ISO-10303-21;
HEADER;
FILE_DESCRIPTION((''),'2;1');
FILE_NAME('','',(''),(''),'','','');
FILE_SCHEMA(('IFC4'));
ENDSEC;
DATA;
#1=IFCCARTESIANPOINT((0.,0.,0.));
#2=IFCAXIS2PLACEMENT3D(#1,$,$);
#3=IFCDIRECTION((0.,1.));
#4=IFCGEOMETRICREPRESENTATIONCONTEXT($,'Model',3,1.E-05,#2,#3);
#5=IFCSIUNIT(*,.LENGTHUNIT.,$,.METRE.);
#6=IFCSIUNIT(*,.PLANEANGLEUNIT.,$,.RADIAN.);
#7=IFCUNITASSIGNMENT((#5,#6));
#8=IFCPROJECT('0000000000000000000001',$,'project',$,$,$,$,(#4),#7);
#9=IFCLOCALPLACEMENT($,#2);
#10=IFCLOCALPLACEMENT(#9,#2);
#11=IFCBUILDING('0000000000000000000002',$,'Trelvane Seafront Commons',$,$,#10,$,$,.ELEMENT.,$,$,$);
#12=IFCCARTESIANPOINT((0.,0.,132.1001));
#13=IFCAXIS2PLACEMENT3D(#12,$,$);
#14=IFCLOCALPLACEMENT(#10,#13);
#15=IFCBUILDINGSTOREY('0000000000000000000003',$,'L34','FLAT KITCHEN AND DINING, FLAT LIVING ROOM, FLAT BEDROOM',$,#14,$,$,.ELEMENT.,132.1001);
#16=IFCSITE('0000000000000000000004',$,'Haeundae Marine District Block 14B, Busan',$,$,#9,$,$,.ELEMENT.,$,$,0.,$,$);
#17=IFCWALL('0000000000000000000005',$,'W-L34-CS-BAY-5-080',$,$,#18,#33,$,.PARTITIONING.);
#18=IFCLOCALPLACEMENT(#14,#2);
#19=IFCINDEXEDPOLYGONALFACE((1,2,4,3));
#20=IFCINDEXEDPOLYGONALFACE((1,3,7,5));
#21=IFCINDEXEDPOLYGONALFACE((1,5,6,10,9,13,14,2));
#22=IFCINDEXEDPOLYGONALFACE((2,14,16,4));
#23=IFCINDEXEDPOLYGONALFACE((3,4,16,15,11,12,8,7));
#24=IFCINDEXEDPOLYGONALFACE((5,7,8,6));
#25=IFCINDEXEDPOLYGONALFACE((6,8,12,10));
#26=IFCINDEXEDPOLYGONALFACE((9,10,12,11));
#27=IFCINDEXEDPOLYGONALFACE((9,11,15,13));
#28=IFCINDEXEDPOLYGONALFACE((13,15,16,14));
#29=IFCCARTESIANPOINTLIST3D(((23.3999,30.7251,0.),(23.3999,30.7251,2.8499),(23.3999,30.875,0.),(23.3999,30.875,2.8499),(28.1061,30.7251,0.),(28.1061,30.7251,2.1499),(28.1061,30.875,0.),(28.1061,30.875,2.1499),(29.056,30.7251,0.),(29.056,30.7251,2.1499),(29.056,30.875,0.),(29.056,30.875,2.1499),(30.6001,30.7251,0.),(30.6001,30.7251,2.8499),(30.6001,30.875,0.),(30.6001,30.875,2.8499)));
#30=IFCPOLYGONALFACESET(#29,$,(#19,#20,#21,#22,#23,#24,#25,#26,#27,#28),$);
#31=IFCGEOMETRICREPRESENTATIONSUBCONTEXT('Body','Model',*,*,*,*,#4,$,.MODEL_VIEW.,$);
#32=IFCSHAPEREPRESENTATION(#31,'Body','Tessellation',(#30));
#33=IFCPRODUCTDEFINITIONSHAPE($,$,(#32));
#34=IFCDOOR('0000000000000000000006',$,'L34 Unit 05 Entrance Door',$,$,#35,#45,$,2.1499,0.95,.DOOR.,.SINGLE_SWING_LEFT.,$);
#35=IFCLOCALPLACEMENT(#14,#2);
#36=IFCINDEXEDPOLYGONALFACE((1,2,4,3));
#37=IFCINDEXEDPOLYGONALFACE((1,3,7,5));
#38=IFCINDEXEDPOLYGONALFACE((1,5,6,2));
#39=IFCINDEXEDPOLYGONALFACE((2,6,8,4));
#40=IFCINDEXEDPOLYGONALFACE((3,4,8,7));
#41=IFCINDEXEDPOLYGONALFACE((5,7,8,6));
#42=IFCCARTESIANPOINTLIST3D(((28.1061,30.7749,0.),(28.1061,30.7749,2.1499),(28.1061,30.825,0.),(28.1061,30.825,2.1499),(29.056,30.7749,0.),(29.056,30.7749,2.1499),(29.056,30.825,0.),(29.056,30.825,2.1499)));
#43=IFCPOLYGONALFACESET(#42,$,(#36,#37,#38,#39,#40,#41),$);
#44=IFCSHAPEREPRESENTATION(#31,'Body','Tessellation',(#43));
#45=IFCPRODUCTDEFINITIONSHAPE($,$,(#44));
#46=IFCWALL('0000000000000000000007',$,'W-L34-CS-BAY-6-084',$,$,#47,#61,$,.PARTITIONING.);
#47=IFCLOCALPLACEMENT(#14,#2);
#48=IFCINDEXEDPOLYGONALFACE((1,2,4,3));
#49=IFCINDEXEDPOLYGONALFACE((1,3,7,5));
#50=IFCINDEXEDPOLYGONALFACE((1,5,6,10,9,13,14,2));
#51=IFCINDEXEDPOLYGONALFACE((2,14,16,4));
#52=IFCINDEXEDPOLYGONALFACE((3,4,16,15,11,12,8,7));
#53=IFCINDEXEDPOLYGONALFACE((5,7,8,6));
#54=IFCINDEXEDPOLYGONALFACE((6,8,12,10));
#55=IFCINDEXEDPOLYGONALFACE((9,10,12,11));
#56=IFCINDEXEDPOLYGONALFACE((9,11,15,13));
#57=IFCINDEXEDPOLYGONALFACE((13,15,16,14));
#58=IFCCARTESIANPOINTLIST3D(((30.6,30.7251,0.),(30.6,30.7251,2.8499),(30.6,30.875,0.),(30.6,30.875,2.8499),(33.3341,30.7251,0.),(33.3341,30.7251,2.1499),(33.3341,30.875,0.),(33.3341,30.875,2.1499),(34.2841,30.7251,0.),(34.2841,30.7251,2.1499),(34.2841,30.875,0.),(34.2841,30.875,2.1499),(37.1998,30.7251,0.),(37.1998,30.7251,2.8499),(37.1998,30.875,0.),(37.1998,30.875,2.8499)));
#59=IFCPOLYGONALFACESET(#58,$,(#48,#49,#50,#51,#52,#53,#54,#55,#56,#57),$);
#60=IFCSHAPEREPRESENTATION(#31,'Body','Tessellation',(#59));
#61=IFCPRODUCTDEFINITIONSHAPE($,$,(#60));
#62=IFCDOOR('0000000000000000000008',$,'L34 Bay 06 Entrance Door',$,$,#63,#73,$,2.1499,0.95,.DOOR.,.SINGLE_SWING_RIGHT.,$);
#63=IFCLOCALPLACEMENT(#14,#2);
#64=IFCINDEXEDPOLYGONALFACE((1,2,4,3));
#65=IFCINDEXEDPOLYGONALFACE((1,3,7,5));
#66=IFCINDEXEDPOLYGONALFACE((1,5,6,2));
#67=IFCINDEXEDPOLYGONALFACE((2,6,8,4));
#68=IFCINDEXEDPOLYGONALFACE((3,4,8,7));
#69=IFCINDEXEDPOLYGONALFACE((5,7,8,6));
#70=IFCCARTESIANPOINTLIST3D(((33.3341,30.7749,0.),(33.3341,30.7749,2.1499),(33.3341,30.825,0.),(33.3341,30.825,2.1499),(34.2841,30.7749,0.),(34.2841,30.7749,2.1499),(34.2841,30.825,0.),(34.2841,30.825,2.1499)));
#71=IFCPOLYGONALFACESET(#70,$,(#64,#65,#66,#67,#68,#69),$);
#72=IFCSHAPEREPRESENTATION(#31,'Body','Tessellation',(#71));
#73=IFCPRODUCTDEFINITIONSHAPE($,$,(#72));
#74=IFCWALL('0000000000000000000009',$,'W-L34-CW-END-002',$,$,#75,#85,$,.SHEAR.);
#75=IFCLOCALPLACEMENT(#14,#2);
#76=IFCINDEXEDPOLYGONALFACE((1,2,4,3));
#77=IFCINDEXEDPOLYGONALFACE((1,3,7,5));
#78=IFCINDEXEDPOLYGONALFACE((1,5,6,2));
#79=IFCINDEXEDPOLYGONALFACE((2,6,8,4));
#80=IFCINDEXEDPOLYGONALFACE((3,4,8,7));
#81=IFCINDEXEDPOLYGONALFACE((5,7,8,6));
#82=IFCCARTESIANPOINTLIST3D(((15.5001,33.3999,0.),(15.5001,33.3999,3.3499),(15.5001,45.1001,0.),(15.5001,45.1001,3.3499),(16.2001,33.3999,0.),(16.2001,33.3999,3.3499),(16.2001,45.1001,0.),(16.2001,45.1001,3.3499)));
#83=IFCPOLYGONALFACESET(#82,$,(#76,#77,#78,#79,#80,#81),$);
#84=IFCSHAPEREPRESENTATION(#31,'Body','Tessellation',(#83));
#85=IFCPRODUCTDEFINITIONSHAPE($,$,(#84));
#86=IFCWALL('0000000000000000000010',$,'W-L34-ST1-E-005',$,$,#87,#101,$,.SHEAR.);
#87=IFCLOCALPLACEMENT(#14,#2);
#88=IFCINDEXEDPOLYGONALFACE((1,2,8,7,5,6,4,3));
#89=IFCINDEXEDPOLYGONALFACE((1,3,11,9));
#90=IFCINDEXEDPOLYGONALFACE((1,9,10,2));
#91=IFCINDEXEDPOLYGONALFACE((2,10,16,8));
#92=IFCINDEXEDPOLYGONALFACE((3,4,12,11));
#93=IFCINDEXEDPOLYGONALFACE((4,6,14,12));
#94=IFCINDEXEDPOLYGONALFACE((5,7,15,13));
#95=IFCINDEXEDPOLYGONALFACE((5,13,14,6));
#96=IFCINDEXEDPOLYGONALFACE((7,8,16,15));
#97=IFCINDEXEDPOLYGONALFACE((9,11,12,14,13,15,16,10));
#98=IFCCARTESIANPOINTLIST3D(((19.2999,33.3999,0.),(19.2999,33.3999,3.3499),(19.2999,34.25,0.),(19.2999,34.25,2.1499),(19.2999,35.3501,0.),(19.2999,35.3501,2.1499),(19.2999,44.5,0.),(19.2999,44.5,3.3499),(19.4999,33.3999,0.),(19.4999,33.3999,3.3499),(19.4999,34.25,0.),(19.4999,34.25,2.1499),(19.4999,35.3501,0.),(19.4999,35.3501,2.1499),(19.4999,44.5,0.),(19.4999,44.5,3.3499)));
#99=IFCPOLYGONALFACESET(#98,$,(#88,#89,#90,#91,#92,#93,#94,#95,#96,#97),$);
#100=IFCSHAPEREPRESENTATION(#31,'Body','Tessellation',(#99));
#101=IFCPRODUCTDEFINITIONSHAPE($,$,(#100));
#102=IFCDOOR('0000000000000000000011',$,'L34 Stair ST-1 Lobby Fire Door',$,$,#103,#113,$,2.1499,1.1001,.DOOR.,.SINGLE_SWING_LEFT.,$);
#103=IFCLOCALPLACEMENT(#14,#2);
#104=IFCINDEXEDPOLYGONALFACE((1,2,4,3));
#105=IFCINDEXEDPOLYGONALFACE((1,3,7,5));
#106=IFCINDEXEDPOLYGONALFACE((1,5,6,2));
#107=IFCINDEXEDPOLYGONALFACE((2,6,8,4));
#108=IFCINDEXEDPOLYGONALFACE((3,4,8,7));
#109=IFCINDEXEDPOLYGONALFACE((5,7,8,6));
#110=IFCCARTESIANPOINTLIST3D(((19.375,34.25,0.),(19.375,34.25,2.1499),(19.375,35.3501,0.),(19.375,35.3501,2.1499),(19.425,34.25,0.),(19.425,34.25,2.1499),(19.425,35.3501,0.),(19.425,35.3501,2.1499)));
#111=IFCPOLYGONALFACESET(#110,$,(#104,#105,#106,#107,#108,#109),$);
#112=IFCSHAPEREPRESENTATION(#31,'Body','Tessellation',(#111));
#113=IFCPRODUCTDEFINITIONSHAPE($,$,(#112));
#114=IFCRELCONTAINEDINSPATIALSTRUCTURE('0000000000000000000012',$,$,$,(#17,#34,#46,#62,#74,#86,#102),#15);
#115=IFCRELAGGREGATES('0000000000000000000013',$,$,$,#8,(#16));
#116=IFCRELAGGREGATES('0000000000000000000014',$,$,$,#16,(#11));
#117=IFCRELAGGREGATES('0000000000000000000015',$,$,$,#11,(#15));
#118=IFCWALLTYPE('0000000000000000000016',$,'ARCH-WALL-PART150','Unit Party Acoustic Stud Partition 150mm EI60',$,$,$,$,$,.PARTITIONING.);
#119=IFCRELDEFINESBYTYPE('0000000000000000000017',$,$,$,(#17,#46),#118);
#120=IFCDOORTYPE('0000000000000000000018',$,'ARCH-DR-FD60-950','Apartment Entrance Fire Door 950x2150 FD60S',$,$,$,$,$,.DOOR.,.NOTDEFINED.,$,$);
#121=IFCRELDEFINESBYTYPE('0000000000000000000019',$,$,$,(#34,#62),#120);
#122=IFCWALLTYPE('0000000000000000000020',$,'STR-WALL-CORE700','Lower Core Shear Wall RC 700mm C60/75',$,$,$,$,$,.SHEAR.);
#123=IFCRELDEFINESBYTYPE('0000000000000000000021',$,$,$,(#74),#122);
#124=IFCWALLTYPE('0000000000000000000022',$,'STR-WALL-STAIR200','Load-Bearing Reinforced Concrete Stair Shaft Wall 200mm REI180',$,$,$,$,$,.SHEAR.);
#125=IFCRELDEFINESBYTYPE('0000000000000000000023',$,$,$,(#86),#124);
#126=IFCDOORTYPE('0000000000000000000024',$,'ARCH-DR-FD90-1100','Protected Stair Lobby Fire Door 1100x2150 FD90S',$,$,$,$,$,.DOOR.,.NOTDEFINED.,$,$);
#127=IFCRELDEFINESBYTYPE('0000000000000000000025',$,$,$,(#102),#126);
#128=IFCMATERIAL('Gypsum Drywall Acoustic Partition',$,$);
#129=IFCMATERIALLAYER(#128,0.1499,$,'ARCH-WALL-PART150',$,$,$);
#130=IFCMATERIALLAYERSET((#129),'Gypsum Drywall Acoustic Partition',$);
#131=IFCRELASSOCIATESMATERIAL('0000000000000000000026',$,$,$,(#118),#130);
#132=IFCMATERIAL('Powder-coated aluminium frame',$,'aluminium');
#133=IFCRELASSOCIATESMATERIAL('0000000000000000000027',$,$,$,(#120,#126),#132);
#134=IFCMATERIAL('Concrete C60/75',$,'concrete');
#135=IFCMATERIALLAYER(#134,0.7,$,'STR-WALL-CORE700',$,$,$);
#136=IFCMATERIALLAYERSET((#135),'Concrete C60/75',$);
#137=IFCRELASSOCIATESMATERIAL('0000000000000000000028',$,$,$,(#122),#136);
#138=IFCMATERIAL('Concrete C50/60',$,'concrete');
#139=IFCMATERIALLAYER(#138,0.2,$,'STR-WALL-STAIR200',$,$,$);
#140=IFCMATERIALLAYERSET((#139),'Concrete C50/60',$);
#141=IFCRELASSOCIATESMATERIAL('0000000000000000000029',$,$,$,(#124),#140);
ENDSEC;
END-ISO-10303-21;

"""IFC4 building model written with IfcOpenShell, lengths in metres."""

from ifc_helpers import new_model, si_unit, direction, frame, frame_2d, origin, place, context, subcontext, project, spatial, rectangle, extrude, source, transform, mapped, material, layer, layer_set, type_object, element, fill, save


model = new_model("IFC4")

# Units and contexts
model_context = context("Model", 3, precision=1e-05, world=origin(), true_north=direction((0.0, 1.0)))
body_context = subcontext(model_context, "Body", "Model", "MODEL_VIEW")
ifc_project = project(units=[si_unit("LENGTHUNIT", "METRE"), si_unit("PLANEANGLEUNIT", "RADIAN")], contexts=[model_context])

# Site, building, storey
site_placement = place(None, origin())
site = spatial("IfcSite", under=ifc_project, at=site_placement, Name="Haeundae Marine District Block 14B, Busan", CompositionType="ELEMENT", RefElevation=0.0)
building_placement = place(site_placement, origin())
building = spatial("IfcBuilding", under=site, at=building_placement, Name="Trelvane Seafront Commons", CompositionType="ELEMENT")
storey_placement = place(building_placement, frame((0.0, 0.0, 132.1001)))
storey = spatial("IfcBuildingStorey", under=building, at=storey_placement, Name="L34", Description="FLAT KITCHEN AND DINING, FLAT LIVING ROOM, FLAT BEDROOM", CompositionType="ELEMENT", Elevation=132.1001)

# Shared definitions
ifc_material_1 = material(Name="Concrete C50/60", Category="concrete")

# Shared definitions
ifc_material_2 = material(Name="Powder-coated aluminium frame", Category="aluminium")
ifc_material_3 = material(Name="Gypsum Drywall Acoustic Partition")
shared_shape_1 = source(origin(), body_context, "Body", "SweptSolid", [
    extrude(rectangle(XDim=0.95, YDim=2.1499, at=frame_2d((0.4751, 1.075))), frame((0.0, 0.0249, 0.0), z_axis=(0.0, -1.0, 0.0), x_axis=(1.0, 0.0, 0.0)), (0.0, 0.0, 1.0), 0.05),
])

# Walls, openings, doors
ifc_layer_1 = layer(ifc_material_3, 0.1499, Name="ARCH-WALL-PART150")
ifc_layer_set_1 = layer_set([ifc_layer_1], Name="Gypsum Drywall Acoustic Partition")
wall_type_1 = type_object("IfcWallType", Name="ARCH-WALL-PART150", Description="Unit Party Acoustic Stud Partition 150mm EI60", PredefinedType="PARTITIONING", material=ifc_layer_set_1)
door_type_1 = type_object("IfcDoorType", Name="ARCH-DR-FD60-950", Description="Apartment Entrance Fire Door 950x2150 FD60S", OperationType="NOTDEFINED", PredefinedType="DOOR", material=ifc_material_2)
wall_1_placement = place(storey_placement, frame((23.3999, 30.8, 0.0), z_axis=(0.0, 0.0, 1.0), x_axis=(1.0, 0.0, 0.0)))
wall_1 = element("IfcWall", 1, at=wall_1_placement, inside=storey, type_object=wall_type_1, Name="W-L34-CS-BAY-5-080", PredefinedType="PARTITIONING", context=body_context, shape_type="SweptSolid", body=[
    extrude(rectangle(XDim=7.2002, YDim=0.1499, at=frame_2d((3.6001, 0.0))), origin(), (0.0, 0.0, 1.0), 2.8499),
])
opening_1_placement = place(wall_1_placement, frame((4.7061, 0.0, 0.0)))
opening_1 = element("IfcOpeningElement", 2, at=opening_1_placement, cuts=wall_1, PredefinedType="OPENING", context=body_context, shape_type="SweptSolid", body=[
    extrude(rectangle(XDim=0.95, YDim=2.1499, at=frame_2d((0.4751, 1.075))), frame((0.0, 0.085, 0.0), z_axis=(0.0, -1.0, 0.0), x_axis=(1.0, 0.0, 0.0)), (0.0, 0.0, 1.0), 0.1699),
])
door_1_placement = place(opening_1_placement, origin())
door_1 = element("IfcDoor", 3, at=door_1_placement, inside=storey, type_object=door_type_1, Name="L34 Unit 05 Entrance Door", OperationType="SINGLE_SWING_LEFT", OverallHeight=2.1499, OverallWidth=0.95, PredefinedType="DOOR", context=body_context, shape_type="MappedRepresentation", body=[
    mapped(shared_shape_1, transform((0.0, 0.0, 0.0), x_axis=(1.0, 0.0, 0.0), y_axis=(0.0, 1.0, 0.0), z_axis=(0.0, 0.0, 1.0), scale=1.0)),
])
fill(opening_1, door_1)
wall_2_placement = place(storey_placement, frame((30.6001, 30.8, 0.0), z_axis=(0.0, 0.0, 1.0), x_axis=(1.0, 0.0, 0.0)))
wall_2 = element("IfcWall", 4, at=wall_2_placement, inside=storey, type_object=wall_type_1, Name="W-L34-CS-BAY-6-084", PredefinedType="PARTITIONING", context=body_context, shape_type="SweptSolid", body=[
    extrude(rectangle(XDim=6.5999, YDim=0.1499, at=frame_2d((3.2998, 0.0))), origin(), (0.0, 0.0, 1.0), 2.8499),
])
opening_2_placement = place(wall_2_placement, frame((2.7339, 0.0, 0.0)))
opening_2 = element("IfcOpeningElement", 5, at=opening_2_placement, cuts=wall_2, PredefinedType="OPENING", context=body_context, shape_type="SweptSolid", body=[
    extrude(rectangle(XDim=0.95, YDim=2.1499, at=frame_2d((0.4751, 1.075))), frame((0.0, 0.085, 0.0), z_axis=(0.0, -1.0, 0.0), x_axis=(1.0, 0.0, 0.0)), (0.0, 0.0, 1.0), 0.1699),
])
door_2_placement = place(opening_2_placement, origin())
door_2 = element("IfcDoor", 6, at=door_2_placement, inside=storey, type_object=door_type_1, Name="L34 Bay 06 Entrance Door", OperationType="SINGLE_SWING_RIGHT", OverallHeight=2.1499, OverallWidth=0.95, PredefinedType="DOOR", context=body_context, shape_type="MappedRepresentation", body=[
    mapped(shared_shape_1, transform((0.0, 0.0, 0.0), x_axis=(1.0, 0.0, 0.0), y_axis=(0.0, 1.0, 0.0), z_axis=(0.0, 0.0, 1.0), scale=1.0)),
])
fill(opening_2, door_2)

# Wall
ifc_material_4 = material(Name="Concrete C60/75", Category="concrete")
ifc_layer_2 = layer(ifc_material_4, 0.7, Name="STR-WALL-CORE700")
ifc_layer_set_2 = layer_set([ifc_layer_2], Name="Concrete C60/75")
wall_type_2 = type_object("IfcWallType", Name="STR-WALL-CORE700", Description="Lower Core Shear Wall RC 700mm C60/75", PredefinedType="SHEAR", material=ifc_layer_set_2)
wall_3_placement = place(storey_placement, frame((15.8501, 33.3999, 0.0), z_axis=(0.0, 0.0, 1.0), x_axis=(0.0, 1.0, 0.0)))
element("IfcWall", 7, at=wall_3_placement, inside=storey, type_object=wall_type_2, Name="W-L34-CW-END-002", PredefinedType="SHEAR", context=body_context, shape_type="SweptSolid", body=[
    extrude(rectangle(XDim=11.7002, YDim=0.7, at=frame_2d((5.8501, 0.0))), origin(), (0.0, 0.0, 1.0), 3.3499),
])

# Wall, opening, door
ifc_layer_3 = layer(ifc_material_1, 0.2, Name="STR-WALL-STAIR200")
ifc_layer_set_3 = layer_set([ifc_layer_3], Name="Concrete C50/60")
wall_type_3 = type_object("IfcWallType", Name="STR-WALL-STAIR200", Description="Load-Bearing Reinforced Concrete Stair Shaft Wall 200mm REI180", PredefinedType="SHEAR", material=ifc_layer_set_3)
wall_4_placement = place(storey_placement, frame((19.3999, 33.3999, 0.0), z_axis=(0.0, 0.0, 1.0), x_axis=(0.0, 1.0, 0.0)))
wall_4 = element("IfcWall", 8, at=wall_4_placement, inside=storey, type_object=wall_type_3, Name="W-L34-ST1-E-005", PredefinedType="SHEAR", context=body_context, shape_type="SweptSolid", body=[
    extrude(rectangle(XDim=11.1001, YDim=0.2, at=frame_2d((5.55, 0.0))), origin(), (0.0, 0.0, 1.0), 3.3499),
])
opening_3_placement = place(wall_4_placement, frame((0.8501, 0.0, 0.0)))
opening_3 = element("IfcOpeningElement", 9, at=opening_3_placement, cuts=wall_4, PredefinedType="OPENING", context=body_context, shape_type="SweptSolid", body=[
    extrude(rectangle(XDim=1.1001, YDim=2.1499, at=frame_2d((0.55, 1.075))), frame((0.0, 0.1099, 0.0), z_axis=(0.0, -1.0, 0.0), x_axis=(1.0, 0.0, 0.0)), (0.0, 0.0, 1.0), 0.22),
])
door_type_2 = type_object("IfcDoorType", Name="ARCH-DR-FD90-1100", Description="Protected Stair Lobby Fire Door 1100x2150 FD90S", OperationType="NOTDEFINED", PredefinedType="DOOR", material=ifc_material_2)
shared_shape_2 = source(origin(), body_context, "Body", "SweptSolid", [
    extrude(rectangle(XDim=1.1001, YDim=2.1499, at=frame_2d((0.55, 1.075))), frame((0.0, 0.0249, 0.0), z_axis=(0.0, -1.0, 0.0), x_axis=(1.0, 0.0, 0.0)), (0.0, 0.0, 1.0), 0.05),
])
door_3_placement = place(opening_3_placement, origin())
door_3 = element("IfcDoor", 10, at=door_3_placement, inside=storey, type_object=door_type_2, Name="L34 Stair ST-1 Lobby Fire Door", OperationType="SINGLE_SWING_LEFT", OverallHeight=2.1499, OverallWidth=1.1001, PredefinedType="DOOR", context=body_context, shape_type="MappedRepresentation", body=[
    mapped(shared_shape_2, transform((0.0, 0.0, 0.0), x_axis=(1.0, 0.0, 0.0), y_axis=(0.0, 1.0, 0.0), z_axis=(0.0, 0.0, 1.0), scale=1.0)),
])
fill(opening_3, door_3)

save(model, "model.ifc")
